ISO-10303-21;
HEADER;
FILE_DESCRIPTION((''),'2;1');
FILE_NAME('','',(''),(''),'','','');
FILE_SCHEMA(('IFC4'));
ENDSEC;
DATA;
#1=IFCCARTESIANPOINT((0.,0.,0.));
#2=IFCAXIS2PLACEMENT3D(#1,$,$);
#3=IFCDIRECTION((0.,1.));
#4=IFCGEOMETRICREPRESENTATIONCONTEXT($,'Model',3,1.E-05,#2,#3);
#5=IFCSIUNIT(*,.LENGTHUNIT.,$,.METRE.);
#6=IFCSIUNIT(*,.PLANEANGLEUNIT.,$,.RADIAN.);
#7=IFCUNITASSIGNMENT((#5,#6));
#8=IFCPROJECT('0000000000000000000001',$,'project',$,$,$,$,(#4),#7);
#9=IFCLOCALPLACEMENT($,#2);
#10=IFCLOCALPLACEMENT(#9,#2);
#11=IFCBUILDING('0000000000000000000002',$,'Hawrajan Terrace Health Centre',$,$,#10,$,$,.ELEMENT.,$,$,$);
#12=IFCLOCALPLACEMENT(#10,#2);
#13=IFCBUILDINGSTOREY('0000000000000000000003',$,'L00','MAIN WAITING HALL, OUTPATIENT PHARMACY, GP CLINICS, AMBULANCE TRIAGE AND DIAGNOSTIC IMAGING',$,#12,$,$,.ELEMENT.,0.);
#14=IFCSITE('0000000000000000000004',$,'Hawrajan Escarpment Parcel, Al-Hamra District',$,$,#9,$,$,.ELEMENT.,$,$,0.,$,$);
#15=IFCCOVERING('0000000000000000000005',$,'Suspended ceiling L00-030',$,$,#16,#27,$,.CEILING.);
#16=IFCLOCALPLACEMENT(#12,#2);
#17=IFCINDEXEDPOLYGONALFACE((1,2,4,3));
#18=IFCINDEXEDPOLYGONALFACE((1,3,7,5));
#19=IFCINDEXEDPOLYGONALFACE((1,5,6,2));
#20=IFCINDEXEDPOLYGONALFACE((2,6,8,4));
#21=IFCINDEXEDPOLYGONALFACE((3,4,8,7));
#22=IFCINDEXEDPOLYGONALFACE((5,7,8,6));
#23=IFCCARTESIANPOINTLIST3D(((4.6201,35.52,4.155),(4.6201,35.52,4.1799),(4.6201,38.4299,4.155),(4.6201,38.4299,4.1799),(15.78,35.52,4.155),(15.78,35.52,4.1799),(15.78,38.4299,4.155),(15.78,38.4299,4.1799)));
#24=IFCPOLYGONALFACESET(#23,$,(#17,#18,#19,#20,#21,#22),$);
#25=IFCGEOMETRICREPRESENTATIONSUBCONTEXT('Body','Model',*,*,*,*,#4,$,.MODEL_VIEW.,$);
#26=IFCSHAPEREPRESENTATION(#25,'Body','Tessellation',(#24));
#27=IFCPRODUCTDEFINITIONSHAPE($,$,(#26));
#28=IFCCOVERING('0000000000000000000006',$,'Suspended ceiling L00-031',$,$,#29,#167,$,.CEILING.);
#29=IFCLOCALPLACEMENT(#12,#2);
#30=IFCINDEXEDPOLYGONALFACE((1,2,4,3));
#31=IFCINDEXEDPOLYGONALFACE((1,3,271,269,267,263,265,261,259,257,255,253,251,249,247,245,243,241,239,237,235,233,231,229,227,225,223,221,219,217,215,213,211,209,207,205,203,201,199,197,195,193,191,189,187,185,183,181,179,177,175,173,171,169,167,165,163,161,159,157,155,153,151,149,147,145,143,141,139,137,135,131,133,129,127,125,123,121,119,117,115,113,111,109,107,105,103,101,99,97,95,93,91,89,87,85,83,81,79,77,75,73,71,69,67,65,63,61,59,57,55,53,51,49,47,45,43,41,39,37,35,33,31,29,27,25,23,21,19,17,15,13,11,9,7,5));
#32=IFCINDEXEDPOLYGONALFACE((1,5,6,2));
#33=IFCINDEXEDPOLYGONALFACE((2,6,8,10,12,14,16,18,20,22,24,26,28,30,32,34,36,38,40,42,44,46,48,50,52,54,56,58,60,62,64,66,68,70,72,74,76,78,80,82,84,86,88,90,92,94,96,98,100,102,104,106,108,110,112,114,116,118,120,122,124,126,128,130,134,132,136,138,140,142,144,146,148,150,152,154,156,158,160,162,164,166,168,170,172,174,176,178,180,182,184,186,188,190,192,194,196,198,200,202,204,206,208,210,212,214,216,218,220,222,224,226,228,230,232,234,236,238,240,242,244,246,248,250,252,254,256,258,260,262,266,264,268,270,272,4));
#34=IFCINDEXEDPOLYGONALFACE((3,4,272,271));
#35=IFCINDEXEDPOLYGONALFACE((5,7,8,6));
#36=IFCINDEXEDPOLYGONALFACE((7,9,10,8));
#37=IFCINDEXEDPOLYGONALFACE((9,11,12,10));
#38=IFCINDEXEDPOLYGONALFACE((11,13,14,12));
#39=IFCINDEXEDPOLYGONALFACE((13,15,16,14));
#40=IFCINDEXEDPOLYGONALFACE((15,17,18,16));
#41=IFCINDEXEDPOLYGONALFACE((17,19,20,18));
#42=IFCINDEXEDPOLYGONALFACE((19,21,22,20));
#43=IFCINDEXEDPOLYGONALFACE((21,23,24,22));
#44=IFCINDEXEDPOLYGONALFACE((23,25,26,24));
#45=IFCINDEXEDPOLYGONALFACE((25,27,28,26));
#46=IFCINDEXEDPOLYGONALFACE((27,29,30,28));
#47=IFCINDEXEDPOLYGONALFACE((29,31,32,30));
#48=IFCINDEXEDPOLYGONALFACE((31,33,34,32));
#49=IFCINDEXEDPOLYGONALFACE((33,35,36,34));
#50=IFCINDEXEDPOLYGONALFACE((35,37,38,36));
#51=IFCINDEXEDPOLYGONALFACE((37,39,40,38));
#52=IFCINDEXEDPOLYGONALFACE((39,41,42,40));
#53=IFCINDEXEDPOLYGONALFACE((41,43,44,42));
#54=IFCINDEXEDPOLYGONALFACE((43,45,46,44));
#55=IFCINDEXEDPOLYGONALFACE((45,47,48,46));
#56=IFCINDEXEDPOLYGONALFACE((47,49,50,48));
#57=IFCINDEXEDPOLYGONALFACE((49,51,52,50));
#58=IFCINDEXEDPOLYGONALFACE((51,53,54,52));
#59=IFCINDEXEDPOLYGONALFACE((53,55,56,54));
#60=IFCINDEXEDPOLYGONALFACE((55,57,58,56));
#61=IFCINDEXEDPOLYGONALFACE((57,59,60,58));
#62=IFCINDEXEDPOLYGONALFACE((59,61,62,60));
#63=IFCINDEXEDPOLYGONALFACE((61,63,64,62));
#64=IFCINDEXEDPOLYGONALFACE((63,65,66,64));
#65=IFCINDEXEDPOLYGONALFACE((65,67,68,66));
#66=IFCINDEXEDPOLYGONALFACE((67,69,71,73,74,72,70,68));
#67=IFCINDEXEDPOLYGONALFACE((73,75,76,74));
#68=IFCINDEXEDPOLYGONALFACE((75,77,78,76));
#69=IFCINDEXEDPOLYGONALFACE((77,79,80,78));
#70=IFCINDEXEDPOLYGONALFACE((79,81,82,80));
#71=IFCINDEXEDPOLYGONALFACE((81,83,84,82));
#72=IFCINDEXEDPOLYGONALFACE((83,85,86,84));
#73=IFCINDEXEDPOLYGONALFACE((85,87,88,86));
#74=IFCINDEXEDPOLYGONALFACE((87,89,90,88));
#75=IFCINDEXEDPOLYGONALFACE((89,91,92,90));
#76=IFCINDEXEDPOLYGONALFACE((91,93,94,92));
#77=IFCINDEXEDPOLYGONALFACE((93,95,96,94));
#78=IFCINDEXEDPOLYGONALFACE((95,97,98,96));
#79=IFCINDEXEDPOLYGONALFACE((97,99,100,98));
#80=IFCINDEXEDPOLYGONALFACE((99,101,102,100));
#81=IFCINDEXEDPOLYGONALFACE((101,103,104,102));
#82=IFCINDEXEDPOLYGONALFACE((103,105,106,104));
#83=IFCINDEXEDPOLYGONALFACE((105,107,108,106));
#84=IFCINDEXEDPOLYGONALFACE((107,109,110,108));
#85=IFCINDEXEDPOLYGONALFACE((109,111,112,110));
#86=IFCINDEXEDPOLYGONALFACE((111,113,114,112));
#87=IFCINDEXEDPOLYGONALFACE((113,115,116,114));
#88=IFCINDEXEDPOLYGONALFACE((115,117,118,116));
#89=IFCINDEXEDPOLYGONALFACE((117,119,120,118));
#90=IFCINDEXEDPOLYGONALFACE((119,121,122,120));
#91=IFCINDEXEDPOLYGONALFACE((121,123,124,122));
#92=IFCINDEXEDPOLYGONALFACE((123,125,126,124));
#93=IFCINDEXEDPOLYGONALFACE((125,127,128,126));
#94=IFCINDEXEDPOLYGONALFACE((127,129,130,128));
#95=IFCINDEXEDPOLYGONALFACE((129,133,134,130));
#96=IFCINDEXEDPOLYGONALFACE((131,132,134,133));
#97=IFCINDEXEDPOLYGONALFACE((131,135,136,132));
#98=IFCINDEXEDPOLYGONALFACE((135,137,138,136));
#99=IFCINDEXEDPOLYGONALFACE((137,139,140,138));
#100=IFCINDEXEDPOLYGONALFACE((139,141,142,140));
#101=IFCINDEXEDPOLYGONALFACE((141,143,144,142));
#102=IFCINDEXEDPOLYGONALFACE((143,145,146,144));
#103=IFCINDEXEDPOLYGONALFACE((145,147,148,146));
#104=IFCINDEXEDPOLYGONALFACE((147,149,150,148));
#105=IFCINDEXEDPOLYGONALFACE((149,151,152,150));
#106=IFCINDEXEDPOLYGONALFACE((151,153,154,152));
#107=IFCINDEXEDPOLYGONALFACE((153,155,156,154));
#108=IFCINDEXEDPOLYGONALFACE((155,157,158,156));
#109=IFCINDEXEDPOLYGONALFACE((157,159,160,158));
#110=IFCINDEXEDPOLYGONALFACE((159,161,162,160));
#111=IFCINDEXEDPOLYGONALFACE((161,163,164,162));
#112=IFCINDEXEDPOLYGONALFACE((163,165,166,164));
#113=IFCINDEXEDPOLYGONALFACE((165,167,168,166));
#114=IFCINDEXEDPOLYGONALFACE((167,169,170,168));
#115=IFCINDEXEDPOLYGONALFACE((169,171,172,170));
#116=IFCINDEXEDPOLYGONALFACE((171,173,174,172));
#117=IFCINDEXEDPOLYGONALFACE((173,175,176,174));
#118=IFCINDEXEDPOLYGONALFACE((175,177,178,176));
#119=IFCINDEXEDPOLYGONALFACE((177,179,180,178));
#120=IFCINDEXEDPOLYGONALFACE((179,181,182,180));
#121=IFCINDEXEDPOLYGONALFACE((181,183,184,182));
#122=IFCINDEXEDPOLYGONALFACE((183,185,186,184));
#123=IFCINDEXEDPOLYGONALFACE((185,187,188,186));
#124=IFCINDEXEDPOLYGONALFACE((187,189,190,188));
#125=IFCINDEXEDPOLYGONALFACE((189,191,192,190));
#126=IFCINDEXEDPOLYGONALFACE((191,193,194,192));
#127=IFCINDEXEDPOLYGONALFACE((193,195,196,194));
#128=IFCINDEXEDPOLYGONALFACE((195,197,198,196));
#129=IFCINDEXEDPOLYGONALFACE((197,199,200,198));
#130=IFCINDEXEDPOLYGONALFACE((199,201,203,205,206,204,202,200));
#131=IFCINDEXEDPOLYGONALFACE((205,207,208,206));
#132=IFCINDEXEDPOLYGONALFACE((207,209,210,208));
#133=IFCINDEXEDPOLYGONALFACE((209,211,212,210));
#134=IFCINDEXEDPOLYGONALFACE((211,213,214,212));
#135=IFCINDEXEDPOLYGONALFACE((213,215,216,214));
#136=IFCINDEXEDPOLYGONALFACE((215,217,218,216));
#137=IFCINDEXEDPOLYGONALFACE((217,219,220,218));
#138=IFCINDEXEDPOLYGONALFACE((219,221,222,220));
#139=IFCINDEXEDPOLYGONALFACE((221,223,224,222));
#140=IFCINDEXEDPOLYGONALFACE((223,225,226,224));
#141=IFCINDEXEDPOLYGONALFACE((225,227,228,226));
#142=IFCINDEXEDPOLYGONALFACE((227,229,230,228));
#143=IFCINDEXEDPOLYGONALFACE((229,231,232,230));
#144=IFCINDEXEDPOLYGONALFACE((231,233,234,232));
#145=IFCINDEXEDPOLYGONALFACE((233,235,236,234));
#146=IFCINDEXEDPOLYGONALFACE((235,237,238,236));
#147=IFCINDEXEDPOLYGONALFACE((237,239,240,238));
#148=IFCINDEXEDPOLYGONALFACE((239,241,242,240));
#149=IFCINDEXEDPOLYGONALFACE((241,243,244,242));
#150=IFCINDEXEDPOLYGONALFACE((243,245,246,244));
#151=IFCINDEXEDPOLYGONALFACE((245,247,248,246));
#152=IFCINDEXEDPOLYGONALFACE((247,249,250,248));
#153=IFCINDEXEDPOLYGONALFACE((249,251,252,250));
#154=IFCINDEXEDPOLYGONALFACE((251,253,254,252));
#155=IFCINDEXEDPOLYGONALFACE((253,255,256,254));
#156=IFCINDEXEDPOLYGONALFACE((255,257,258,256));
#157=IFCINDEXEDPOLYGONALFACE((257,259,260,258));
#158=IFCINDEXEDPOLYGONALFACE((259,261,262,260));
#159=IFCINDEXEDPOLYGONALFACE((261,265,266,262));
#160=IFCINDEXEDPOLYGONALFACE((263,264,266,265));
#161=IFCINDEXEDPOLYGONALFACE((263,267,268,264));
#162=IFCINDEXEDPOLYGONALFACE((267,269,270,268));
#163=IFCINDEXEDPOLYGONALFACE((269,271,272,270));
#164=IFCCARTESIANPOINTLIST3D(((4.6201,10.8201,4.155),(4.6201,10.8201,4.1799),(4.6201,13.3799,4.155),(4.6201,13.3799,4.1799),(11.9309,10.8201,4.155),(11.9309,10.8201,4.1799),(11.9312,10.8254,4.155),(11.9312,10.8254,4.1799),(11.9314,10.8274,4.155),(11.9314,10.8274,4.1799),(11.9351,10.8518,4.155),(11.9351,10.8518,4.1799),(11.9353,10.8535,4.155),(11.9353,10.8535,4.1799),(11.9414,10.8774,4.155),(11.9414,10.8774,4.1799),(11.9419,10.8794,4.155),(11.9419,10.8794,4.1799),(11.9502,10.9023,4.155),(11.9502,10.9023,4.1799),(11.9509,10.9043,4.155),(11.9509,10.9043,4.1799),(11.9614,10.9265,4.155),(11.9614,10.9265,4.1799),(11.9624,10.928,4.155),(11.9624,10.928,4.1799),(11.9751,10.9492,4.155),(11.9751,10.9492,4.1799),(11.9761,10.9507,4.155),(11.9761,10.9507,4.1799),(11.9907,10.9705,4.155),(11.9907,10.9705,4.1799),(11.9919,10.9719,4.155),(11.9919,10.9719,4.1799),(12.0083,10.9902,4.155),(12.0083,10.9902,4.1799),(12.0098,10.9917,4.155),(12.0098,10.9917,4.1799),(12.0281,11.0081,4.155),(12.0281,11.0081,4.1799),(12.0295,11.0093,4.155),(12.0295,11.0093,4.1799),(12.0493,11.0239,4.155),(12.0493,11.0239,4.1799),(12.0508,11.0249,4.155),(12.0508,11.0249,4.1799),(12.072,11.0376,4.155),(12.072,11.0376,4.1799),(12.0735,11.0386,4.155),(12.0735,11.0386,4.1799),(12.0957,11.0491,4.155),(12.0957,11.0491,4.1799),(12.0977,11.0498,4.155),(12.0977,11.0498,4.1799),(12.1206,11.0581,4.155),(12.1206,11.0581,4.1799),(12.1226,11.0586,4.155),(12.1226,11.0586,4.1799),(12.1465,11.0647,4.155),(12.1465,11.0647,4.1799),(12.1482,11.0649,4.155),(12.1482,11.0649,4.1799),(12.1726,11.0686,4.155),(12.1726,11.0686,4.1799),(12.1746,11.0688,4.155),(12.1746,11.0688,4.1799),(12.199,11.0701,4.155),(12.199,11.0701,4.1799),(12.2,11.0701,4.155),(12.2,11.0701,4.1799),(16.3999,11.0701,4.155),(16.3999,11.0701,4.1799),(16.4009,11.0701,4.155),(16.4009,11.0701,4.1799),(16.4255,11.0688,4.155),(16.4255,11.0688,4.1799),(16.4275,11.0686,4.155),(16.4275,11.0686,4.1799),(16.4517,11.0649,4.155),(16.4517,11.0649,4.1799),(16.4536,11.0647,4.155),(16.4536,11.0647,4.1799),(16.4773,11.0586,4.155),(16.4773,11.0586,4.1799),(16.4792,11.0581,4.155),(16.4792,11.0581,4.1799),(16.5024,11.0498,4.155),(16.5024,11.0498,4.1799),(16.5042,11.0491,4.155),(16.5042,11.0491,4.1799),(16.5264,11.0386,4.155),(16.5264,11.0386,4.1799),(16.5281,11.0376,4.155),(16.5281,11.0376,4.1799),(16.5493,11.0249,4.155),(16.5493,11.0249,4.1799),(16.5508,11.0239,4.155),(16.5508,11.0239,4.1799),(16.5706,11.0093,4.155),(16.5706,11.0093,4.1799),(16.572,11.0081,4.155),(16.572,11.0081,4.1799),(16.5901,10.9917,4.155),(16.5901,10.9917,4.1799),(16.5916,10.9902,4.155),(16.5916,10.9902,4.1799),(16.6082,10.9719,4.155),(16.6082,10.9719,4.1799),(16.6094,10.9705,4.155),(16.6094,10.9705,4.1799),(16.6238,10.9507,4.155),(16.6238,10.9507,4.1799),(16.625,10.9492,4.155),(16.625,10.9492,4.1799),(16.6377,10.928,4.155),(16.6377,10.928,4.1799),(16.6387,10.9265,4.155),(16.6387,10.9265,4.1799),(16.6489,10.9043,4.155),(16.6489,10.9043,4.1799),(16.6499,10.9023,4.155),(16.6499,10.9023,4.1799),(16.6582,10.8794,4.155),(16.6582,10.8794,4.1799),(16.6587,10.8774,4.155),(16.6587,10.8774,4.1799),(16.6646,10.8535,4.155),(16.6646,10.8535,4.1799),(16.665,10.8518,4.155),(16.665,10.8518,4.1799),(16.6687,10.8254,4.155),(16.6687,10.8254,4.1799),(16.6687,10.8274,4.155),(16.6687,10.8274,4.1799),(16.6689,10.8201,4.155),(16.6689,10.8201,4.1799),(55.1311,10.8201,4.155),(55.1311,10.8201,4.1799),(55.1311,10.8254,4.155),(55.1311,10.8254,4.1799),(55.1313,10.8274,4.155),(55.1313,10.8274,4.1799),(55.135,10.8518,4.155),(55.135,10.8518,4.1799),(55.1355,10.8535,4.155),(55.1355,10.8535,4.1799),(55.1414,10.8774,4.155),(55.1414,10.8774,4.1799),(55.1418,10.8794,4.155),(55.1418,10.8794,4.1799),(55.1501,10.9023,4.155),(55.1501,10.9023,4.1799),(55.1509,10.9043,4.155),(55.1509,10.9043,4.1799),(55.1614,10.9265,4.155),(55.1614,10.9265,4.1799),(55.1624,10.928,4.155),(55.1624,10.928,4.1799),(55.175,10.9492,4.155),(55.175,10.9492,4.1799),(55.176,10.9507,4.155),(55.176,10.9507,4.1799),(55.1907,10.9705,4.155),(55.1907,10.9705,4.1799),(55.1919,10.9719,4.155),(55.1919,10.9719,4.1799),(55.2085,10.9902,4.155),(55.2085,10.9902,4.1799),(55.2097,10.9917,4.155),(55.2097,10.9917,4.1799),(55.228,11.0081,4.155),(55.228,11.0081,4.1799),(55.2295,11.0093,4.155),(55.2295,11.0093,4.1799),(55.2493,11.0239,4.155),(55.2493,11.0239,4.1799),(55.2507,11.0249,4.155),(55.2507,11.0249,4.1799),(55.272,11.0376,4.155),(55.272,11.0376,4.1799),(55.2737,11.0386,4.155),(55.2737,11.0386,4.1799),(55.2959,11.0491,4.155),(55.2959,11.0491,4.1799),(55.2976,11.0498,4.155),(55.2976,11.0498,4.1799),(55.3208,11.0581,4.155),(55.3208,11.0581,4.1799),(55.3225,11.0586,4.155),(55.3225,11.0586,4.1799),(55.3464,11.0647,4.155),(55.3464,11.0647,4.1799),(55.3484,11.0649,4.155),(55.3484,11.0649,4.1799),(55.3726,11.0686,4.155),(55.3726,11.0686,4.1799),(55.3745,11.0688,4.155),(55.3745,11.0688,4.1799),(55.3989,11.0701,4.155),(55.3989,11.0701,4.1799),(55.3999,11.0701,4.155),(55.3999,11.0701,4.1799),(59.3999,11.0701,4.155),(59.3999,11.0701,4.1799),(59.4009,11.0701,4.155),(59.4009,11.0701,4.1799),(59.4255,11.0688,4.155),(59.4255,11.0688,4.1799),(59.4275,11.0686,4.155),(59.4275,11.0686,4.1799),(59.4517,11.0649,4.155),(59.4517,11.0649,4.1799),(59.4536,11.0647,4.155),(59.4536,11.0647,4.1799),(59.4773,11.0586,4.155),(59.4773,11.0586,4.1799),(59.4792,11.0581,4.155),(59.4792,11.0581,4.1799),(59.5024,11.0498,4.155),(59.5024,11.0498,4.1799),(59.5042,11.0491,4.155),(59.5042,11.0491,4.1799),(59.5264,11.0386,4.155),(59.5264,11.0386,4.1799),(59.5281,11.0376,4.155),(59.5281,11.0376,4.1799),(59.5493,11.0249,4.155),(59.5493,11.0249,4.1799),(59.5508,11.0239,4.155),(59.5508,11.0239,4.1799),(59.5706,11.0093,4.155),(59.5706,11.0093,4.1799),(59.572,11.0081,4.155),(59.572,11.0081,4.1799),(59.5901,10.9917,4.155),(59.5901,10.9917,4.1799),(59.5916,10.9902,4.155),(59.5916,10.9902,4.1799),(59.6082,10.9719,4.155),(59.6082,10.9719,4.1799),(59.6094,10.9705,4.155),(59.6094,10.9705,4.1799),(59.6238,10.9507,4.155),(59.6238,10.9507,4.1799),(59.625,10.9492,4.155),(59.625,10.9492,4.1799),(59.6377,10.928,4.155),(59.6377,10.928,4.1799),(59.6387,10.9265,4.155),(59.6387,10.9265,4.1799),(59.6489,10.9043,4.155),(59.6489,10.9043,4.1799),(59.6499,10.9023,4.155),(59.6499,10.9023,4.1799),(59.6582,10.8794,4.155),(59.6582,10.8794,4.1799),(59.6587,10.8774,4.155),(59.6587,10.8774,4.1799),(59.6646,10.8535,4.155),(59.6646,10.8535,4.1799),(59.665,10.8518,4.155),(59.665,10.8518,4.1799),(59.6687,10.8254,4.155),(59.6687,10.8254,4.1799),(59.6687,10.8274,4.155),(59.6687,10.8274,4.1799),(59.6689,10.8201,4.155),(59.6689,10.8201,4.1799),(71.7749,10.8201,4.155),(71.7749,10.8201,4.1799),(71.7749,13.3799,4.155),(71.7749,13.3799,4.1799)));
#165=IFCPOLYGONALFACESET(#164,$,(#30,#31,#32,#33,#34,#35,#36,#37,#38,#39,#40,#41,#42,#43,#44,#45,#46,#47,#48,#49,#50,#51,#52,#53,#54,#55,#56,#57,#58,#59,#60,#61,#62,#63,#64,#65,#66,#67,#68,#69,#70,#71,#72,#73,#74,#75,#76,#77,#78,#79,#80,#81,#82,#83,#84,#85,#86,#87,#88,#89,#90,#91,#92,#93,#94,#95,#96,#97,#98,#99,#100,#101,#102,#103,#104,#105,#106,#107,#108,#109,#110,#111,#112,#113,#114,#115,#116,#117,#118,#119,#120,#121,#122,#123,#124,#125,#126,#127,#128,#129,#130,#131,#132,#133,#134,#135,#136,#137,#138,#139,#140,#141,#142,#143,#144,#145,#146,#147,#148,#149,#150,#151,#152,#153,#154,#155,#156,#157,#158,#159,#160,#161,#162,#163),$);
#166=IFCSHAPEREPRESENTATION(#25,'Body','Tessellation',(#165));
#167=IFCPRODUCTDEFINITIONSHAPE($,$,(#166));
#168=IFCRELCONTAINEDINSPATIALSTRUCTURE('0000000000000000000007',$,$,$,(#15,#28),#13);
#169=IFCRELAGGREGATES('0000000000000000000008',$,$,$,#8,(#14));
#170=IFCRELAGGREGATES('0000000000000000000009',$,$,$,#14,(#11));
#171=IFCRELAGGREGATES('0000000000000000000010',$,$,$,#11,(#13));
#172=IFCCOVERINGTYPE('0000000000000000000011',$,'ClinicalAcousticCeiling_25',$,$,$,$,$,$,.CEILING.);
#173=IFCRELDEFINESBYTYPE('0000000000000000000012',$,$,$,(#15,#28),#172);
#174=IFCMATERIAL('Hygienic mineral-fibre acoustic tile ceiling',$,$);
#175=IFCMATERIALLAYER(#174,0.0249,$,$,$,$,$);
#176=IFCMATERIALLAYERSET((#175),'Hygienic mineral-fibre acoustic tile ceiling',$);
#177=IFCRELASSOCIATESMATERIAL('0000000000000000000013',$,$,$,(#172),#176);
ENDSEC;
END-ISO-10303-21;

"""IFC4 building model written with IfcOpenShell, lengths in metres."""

from ifc_helpers import new_model, si_unit, direction, frame, origin, place, context, subcontext, project, spatial, polyline, outline, extrude, material, layer, layer_set, type_object, element, save


model = new_model("IFC4")

# Units and contexts
model_context = context("Model", 3, precision=1e-05, world=origin(), true_north=direction((0.0, 1.0)))
body_context = subcontext(model_context, "Body", "Model", "MODEL_VIEW")
ifc_project = project(units=[si_unit("LENGTHUNIT", "METRE"), si_unit("PLANEANGLEUNIT", "RADIAN")], contexts=[model_context])

# Site, building, storey
site_placement = place(None, origin())
site = spatial("IfcSite", under=ifc_project, at=site_placement, Name="Hawrajan Escarpment Parcel, Al-Hamra District", CompositionType="ELEMENT", RefElevation=0.0)
building_placement = place(site_placement, origin())
building = spatial("IfcBuilding", under=site, at=building_placement, Name="Hawrajan Terrace Health Centre", CompositionType="ELEMENT")
storey_placement = place(building_placement, origin())
storey = spatial("IfcBuildingStorey", under=building, at=storey_placement, Name="L00", Description="MAIN WAITING HALL, OUTPATIENT PHARMACY, GP CLINICS, AMBULANCE TRIAGE AND DIAGNOSTIC IMAGING", CompositionType="ELEMENT", Elevation=0.0)

# Coverings
ifc_material = material(Name="Hygienic mineral-fibre acoustic tile ceiling")
ifc_layer = layer(ifc_material, 0.0249)
ifc_layer_set = layer_set([ifc_layer], Name="Hygienic mineral-fibre acoustic tile ceiling")
covering_type = type_object("IfcCoveringType", Name="ClinicalAcousticCeiling_25", PredefinedType="CEILING", material=ifc_layer_set)
covering_1_placement = place(storey_placement, frame((0.0, 0.0, 4.155)))
element("IfcCovering", 1, at=covering_1_placement, inside=storey, type_object=covering_type, Name="Suspended ceiling L00-030", PredefinedType="CEILING", context=body_context, shape_type="SweptSolid", body=[
    extrude(outline(polyline([(4.6201, 38.4299), (15.78, 38.4299), (15.78, 35.52), (4.6201, 35.52), (4.6201, 38.4299)])), origin(), (0.0, 0.0, 1.0), 0.0249),
])
covering_2_placement = place(storey_placement, frame((0.0, 0.0, 4.155)))
element("IfcCovering", 2, at=covering_2_placement, inside=storey, type_object=covering_type, Name="Suspended ceiling L00-031", PredefinedType="CEILING", context=body_context, shape_type="SweptSolid", body=[
    extrude(outline(polyline([(4.6201, 10.8201), (4.6201, 13.3799), (71.7749, 13.3799), (71.7749, 10.8201), (59.6689, 10.8201), (59.6687, 10.8254), (59.6687, 10.8274), (59.665, 10.8518), (59.6646, 10.8535), (59.6587, 10.8774), (59.6582, 10.8794), (59.6499, 10.9023), (59.6489, 10.9043), (59.6387, 10.9265), (59.6377, 10.928), (59.625, 10.9492), (59.6238, 10.9507), (59.6094, 10.9705), (59.6082, 10.9719), (59.5916, 10.9902), (59.5901, 10.9917), (59.572, 11.0081), (59.5706, 11.0093), (59.5508, 11.0239), (59.5493, 11.0249), (59.5281, 11.0376), (59.5264, 11.0386), (59.5042, 11.0491), (59.5024, 11.0498), (59.4792, 11.0581), (59.4773, 11.0586), (59.4536, 11.0647), (59.4517, 11.0649), (59.4275, 11.0686), (59.4255, 11.0688), (59.4009, 11.0701), (59.3999, 11.0701), (55.3999, 11.0701), (55.3989, 11.0701), (55.3745, 11.0688), (55.3726, 11.0686), (55.3484, 11.0649), (55.3464, 11.0647), (55.3225, 11.0586), (55.3208, 11.0581), (55.2976, 11.0498), (55.2959, 11.0491), (55.2737, 11.0386), (55.272, 11.0376), (55.2507, 11.0249), (55.2493, 11.0239), (55.2295, 11.0093), (55.228, 11.0081), (55.2097, 10.9917), (55.2085, 10.9902), (55.1919, 10.9719), (55.1907, 10.9705), (55.176, 10.9507), (55.175, 10.9492), (55.1624, 10.928), (55.1614, 10.9265), (55.1509, 10.9043), (55.1501, 10.9023), (55.1418, 10.8794), (55.1414, 10.8774), (55.1355, 10.8535), (55.135, 10.8518), (55.1313, 10.8274), (55.1311, 10.8254), (55.1311, 10.8201), (16.6689, 10.8201), (16.6687, 10.8254), (16.6687, 10.8274), (16.665, 10.8518), (16.6646, 10.8535), (16.6587, 10.8774), (16.6582, 10.8794), (16.6499, 10.9023), (16.6489, 10.9043), (16.6387, 10.9265), (16.6377, 10.928), (16.625, 10.9492), (16.6238, 10.9507), (16.6094, 10.9705), (16.6082, 10.9719), (16.5916, 10.9902), (16.5901, 10.9917), (16.572, 11.0081), (16.5706, 11.0093), (16.5508, 11.0239), (16.5493, 11.0249), (16.5281, 11.0376), (16.5264, 11.0386), (16.5042, 11.0491), (16.5024, 11.0498), (16.4792, 11.0581), (16.4773, 11.0586), (16.4536, 11.0647), (16.4517, 11.0649), (16.4275, 11.0686), (16.4255, 11.0688), (16.4009, 11.0701), (16.3999, 11.0701), (12.2, 11.0701), (12.199, 11.0701), (12.1746, 11.0688), (12.1726, 11.0686), (12.1482, 11.0649), (12.1465, 11.0647), (12.1226, 11.0586), (12.1206, 11.0581), (12.0977, 11.0498), (12.0957, 11.0491), (12.0735, 11.0386), (12.072, 11.0376), (12.0508, 11.0249), (12.0493, 11.0239), (12.0295, 11.0093), (12.0281, 11.0081), (12.0098, 10.9917), (12.0083, 10.9902), (11.9919, 10.9719), (11.9907, 10.9705), (11.9761, 10.9507), (11.9751, 10.9492), (11.9624, 10.928), (11.9614, 10.9265), (11.9509, 10.9043), (11.9502, 10.9023), (11.9419, 10.8794), (11.9414, 10.8774), (11.9353, 10.8535), (11.9351, 10.8518), (11.9314, 10.8274), (11.9312, 10.8254), (11.9309, 10.8201), (4.6201, 10.8201)])), origin(), (0.0, 0.0, 1.0), 0.0249),
])

save(model, "model.ifc")
